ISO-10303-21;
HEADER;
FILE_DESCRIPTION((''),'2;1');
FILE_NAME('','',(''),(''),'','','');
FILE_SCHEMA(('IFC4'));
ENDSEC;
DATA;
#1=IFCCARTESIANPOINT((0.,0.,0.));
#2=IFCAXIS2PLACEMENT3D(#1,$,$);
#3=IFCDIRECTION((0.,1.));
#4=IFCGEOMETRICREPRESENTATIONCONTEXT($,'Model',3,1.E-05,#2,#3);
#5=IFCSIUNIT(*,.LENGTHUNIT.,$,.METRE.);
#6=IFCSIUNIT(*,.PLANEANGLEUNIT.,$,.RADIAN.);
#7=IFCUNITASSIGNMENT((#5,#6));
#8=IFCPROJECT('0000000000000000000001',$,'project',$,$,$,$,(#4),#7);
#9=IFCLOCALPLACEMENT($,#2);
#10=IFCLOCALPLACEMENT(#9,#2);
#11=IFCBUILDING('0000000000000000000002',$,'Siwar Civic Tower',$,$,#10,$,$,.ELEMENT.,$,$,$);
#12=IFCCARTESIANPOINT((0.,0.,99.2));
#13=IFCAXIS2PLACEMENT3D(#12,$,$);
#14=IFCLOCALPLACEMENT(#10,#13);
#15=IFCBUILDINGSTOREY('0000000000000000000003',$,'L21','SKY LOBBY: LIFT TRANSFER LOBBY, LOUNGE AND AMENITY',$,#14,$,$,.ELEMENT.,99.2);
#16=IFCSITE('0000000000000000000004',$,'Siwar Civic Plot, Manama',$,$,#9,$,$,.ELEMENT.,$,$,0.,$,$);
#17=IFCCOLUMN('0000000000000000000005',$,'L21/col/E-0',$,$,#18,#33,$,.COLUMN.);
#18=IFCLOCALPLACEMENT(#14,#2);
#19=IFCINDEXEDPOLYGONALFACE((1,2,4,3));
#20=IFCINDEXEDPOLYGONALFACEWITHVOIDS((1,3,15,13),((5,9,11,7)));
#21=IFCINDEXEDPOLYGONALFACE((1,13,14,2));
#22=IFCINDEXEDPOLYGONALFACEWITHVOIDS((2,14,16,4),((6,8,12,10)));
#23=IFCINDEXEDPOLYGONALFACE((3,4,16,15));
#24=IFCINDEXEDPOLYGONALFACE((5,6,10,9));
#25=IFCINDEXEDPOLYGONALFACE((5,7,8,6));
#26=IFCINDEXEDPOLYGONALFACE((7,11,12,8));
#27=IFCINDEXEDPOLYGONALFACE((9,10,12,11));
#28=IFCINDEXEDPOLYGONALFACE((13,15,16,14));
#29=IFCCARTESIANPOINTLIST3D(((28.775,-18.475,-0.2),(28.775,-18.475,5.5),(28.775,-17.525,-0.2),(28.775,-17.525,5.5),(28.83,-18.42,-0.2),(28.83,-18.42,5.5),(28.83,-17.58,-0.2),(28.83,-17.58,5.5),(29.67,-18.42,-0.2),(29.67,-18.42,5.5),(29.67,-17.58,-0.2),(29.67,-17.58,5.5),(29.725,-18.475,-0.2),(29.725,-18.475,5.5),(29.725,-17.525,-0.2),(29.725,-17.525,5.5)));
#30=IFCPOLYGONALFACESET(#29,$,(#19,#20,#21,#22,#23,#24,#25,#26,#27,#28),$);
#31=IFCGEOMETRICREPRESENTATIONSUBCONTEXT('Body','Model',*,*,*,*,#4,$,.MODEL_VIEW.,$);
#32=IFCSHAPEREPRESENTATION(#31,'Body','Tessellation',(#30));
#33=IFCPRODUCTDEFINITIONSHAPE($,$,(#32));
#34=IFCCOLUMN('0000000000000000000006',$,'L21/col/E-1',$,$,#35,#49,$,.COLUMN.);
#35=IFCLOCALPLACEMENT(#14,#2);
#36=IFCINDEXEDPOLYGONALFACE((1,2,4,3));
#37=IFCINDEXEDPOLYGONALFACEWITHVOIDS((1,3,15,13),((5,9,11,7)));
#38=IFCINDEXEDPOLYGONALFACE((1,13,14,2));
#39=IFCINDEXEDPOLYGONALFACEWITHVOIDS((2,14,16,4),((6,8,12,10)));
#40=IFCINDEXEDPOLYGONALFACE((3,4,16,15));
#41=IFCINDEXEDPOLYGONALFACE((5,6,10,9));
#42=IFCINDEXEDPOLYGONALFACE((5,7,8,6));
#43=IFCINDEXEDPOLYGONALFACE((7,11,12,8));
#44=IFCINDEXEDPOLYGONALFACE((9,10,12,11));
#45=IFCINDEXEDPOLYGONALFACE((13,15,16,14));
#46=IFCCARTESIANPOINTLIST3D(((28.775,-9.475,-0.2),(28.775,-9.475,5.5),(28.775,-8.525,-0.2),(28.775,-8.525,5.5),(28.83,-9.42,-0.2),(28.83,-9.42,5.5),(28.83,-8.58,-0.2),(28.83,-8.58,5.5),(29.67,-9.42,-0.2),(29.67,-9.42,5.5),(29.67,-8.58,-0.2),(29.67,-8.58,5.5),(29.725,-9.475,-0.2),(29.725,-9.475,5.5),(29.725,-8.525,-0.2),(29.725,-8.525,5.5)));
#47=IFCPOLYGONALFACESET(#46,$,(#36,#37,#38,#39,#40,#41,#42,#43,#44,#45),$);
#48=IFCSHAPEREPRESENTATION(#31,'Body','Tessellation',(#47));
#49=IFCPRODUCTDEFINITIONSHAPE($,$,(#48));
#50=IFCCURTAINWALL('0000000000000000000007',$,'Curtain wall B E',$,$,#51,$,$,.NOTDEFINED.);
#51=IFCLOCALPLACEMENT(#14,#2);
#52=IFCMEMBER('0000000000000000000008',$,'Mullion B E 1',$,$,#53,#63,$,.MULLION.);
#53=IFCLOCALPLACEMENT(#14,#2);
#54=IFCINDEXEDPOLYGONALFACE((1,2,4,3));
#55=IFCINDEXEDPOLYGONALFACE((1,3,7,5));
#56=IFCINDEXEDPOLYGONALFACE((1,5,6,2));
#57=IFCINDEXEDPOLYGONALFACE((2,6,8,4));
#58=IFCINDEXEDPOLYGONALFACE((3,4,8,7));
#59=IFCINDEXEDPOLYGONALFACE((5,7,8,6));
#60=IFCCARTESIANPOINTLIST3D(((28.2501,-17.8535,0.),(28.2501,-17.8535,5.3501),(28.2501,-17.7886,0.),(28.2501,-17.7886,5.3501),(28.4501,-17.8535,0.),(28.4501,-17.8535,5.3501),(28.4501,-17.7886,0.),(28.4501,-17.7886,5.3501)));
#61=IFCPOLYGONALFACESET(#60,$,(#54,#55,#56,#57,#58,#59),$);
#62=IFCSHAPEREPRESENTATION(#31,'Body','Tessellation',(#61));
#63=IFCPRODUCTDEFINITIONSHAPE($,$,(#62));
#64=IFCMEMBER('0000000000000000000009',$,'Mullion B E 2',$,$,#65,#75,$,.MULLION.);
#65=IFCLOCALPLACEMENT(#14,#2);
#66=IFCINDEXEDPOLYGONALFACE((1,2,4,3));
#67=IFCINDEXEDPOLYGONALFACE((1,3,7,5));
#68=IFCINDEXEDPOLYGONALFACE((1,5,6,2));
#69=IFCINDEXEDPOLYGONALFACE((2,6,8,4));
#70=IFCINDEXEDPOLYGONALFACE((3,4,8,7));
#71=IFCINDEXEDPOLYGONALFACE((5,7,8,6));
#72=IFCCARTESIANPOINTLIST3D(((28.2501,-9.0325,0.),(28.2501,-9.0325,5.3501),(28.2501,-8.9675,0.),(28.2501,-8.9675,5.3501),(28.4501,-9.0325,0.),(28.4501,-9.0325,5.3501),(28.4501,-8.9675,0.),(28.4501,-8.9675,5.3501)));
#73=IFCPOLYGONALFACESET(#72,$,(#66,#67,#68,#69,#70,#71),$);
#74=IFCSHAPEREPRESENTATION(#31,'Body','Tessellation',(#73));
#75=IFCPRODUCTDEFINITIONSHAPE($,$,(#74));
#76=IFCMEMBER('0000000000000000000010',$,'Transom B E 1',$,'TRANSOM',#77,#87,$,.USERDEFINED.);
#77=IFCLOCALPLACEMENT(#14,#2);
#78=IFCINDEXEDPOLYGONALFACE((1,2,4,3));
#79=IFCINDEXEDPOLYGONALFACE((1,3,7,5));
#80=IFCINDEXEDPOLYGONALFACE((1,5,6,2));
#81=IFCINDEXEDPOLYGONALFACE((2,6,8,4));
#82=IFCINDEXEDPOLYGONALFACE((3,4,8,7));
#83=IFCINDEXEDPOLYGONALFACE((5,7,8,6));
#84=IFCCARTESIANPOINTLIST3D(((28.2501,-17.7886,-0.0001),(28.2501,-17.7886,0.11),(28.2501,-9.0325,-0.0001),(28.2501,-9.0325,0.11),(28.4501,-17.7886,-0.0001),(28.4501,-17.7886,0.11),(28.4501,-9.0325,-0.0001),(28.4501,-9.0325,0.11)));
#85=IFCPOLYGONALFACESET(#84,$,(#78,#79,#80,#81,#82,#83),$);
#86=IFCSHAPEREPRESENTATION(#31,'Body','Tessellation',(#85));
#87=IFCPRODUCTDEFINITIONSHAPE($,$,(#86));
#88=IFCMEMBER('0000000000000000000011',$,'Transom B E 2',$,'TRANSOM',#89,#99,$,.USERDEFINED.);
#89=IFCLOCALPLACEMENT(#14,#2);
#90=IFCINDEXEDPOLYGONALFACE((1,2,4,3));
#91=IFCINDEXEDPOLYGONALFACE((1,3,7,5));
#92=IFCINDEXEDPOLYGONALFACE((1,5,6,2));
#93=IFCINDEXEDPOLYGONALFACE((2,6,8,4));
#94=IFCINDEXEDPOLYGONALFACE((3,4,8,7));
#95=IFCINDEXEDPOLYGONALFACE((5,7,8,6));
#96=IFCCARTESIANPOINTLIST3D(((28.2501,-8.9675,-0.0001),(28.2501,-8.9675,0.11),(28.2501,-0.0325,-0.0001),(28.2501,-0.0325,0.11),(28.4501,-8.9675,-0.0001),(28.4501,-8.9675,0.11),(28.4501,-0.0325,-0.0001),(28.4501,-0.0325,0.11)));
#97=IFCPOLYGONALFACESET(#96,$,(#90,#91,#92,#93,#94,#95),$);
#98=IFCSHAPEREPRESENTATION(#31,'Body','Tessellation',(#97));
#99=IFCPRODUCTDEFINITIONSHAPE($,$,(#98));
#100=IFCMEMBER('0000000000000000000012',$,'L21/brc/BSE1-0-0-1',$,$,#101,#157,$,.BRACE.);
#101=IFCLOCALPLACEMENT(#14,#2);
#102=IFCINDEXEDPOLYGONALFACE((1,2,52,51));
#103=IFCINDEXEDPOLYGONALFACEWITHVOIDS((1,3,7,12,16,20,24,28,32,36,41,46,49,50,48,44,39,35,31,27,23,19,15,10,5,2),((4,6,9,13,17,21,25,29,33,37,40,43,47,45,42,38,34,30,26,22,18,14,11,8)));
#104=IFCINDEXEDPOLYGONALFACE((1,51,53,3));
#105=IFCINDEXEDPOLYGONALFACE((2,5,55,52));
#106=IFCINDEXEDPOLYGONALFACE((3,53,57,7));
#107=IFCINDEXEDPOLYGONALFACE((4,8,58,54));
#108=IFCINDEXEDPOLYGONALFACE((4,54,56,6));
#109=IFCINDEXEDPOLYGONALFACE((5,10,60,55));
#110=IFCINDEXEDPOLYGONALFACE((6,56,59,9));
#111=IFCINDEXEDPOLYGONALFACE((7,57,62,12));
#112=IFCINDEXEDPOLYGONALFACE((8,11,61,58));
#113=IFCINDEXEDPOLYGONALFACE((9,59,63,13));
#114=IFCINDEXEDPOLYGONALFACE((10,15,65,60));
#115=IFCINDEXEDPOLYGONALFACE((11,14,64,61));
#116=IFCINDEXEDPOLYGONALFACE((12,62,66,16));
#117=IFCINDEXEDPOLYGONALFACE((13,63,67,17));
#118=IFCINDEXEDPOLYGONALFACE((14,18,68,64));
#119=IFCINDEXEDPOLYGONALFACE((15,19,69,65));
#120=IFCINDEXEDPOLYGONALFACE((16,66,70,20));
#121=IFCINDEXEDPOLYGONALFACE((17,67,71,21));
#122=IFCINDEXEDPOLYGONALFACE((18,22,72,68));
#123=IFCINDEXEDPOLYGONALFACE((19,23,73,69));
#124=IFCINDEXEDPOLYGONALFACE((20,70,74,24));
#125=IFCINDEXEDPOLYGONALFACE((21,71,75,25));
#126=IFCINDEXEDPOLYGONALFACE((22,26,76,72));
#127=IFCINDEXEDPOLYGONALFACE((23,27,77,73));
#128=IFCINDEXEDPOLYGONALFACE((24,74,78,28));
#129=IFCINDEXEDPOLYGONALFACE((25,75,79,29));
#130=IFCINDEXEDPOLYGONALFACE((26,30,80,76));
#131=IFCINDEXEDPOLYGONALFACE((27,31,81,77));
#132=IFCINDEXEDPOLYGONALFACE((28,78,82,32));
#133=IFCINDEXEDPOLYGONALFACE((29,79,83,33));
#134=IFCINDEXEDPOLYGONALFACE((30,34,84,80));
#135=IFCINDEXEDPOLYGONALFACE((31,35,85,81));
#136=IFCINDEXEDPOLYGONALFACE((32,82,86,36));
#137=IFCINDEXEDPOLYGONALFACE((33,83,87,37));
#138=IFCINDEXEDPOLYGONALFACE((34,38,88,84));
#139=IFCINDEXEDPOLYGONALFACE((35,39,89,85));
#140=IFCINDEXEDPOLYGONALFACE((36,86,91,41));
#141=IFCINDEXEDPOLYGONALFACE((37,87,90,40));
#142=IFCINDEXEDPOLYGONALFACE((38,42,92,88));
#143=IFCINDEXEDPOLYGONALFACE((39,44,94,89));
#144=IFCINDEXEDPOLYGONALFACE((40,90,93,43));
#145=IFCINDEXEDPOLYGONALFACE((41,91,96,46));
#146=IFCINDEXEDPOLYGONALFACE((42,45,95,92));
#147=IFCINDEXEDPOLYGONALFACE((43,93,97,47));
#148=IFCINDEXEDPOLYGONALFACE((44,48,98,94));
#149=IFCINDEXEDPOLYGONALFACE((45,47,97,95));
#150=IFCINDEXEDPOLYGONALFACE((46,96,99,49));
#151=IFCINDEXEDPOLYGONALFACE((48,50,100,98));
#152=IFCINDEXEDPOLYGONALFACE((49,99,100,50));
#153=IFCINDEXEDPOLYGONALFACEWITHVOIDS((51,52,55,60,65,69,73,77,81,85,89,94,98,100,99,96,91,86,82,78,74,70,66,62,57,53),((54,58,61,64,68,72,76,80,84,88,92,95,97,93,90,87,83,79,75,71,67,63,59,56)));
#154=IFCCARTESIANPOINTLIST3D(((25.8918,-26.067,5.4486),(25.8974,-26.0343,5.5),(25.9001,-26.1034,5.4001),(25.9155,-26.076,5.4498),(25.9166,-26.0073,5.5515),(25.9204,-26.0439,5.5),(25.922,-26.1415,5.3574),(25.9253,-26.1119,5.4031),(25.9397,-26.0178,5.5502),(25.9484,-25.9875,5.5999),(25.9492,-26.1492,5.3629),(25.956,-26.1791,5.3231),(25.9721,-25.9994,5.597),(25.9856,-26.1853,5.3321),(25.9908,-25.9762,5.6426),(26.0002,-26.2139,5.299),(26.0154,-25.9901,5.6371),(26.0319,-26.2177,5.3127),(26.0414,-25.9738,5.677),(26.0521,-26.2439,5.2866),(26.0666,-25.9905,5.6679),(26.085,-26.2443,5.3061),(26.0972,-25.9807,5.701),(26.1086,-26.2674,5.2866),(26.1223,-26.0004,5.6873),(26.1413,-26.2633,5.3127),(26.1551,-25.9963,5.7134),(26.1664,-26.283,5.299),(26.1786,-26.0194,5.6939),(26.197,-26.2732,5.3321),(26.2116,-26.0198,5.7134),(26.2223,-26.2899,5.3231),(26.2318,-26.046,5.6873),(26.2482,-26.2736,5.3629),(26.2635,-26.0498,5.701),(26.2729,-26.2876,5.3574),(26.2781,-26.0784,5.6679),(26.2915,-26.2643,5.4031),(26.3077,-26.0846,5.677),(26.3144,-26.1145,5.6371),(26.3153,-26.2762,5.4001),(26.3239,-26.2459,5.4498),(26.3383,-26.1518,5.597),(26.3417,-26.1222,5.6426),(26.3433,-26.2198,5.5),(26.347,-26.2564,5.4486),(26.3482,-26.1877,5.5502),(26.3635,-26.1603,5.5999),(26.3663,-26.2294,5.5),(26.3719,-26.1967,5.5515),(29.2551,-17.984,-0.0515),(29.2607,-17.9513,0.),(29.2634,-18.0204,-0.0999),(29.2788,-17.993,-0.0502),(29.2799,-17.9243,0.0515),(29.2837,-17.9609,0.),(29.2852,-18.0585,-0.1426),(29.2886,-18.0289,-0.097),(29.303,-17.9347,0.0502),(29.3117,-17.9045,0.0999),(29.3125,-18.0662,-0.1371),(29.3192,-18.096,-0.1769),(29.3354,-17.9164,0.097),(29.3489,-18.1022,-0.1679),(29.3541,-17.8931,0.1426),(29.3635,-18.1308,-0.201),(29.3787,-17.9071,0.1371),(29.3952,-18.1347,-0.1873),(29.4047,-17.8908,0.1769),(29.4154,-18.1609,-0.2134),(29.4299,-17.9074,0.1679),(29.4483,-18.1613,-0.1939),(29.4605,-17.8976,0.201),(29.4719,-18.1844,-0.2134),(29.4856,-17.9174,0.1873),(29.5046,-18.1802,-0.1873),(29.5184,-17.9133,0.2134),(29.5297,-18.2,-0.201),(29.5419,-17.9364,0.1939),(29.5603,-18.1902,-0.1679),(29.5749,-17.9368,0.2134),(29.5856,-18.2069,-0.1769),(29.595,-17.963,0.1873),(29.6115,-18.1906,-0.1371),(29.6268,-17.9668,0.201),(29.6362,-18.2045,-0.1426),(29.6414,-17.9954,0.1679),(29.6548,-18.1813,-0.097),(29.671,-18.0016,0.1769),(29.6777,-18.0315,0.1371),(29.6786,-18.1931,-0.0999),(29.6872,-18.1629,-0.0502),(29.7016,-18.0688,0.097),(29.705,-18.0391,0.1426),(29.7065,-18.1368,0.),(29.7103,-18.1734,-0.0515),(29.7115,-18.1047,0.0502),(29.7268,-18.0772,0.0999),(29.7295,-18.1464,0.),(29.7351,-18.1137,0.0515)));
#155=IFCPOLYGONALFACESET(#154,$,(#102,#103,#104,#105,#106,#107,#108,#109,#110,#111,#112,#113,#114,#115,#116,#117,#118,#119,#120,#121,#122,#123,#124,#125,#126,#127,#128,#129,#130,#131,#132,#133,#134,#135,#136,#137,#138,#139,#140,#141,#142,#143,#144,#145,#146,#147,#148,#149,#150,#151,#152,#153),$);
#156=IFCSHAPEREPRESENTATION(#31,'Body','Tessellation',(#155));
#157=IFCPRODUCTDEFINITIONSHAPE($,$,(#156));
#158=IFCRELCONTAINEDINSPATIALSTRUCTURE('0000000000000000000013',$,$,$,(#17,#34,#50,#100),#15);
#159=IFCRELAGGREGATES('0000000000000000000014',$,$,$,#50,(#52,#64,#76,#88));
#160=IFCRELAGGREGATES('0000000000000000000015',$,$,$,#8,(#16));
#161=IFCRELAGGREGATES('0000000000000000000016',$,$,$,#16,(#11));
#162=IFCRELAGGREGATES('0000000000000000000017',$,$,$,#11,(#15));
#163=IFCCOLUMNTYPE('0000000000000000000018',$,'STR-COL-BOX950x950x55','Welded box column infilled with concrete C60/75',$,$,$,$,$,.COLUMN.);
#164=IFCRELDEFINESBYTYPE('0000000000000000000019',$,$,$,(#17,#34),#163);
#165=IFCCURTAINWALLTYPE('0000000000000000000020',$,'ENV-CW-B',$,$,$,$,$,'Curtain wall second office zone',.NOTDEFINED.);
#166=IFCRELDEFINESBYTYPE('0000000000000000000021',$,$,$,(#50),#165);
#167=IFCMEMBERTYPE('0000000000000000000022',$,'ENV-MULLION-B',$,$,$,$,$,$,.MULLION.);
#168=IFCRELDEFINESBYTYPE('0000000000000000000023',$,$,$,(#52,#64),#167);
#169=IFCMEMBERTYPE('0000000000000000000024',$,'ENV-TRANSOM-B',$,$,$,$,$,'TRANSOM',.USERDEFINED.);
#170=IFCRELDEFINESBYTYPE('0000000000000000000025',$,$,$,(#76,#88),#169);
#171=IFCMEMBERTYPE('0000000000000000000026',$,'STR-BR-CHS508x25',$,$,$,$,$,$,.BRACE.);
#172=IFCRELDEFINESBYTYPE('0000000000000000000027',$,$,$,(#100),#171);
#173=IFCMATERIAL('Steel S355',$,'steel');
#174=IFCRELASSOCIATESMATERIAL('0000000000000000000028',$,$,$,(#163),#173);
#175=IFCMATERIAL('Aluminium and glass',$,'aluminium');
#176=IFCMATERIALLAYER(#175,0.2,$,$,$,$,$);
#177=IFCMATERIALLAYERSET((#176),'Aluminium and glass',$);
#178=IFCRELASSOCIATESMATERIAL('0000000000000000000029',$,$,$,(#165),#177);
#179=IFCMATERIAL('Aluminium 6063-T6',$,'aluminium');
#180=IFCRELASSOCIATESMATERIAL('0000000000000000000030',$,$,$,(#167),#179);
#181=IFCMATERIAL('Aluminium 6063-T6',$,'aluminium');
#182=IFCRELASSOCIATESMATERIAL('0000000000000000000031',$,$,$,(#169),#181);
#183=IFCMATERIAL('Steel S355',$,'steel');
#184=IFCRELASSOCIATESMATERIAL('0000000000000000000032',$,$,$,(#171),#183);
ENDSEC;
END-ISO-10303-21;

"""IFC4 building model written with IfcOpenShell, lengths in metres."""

from ifc_helpers import new_model, si_unit, direction, frame, origin, origin_2d, place, context, subcontext, project, spatial, rectangle, hollow_rectangle, hollow_circle, extrude, material, layer, layer_set, material_profile, profile_set, type_object, element, aggregate, save


model = new_model("IFC4")

# Units and contexts
model_context = context("Model", 3, precision=1e-05, world=origin(), true_north=direction((0.0, 1.0)))
body_context = subcontext(model_context, "Body", "Model", "MODEL_VIEW")
ifc_project = project(units=[si_unit("LENGTHUNIT", "METRE"), si_unit("PLANEANGLEUNIT", "RADIAN")], contexts=[model_context])

# Site, building, storey
site_placement = place(None, origin())
site = spatial("IfcSite", under=ifc_project, at=site_placement, Name="Siwar Civic Plot, Manama", CompositionType="ELEMENT", RefElevation=0.0)
building_placement = place(site_placement, origin())
building = spatial("IfcBuilding", under=site, at=building_placement, Name="Siwar Civic Tower", CompositionType="ELEMENT")
storey_placement = place(building_placement, frame((0.0, 0.0, 99.2)))
storey = spatial("IfcBuildingStorey", under=building, at=storey_placement, Name="L21", Description="SKY LOBBY: LIFT TRANSFER LOBBY, LOUNGE AND AMENITY", CompositionType="ELEMENT", Elevation=99.2)

# Columns
ifc_material_1 = material(Name="Steel S355", Category="steel")
ifc_material_profile_1 = material_profile(ifc_material_1, hollow_rectangle(XDim=0.95, YDim=0.95, WallThickness=0.0549, at=origin_2d()), Name="BOX950x950x55")
ifc_profile_set_1 = profile_set([ifc_material_profile_1], Name="Steel S355")
column_type = type_object("IfcColumnType", Name="STR-COL-BOX950x950x55", Description="Welded box column infilled with concrete C60/75", PredefinedType="COLUMN", material=ifc_profile_set_1)
for number, where, z_axis, x_axis, name in (
    (1, (29.25, -18.0, -0.2), (0.0, 0.0, 1.0), (1.0, 0.0, 0.0), "L21/col/E-0"),
    (2, (29.25, -9.0, -0.2), (0.0, 0.0, 1.0), (1.0, 0.0, 0.0), "L21/col/E-1"),
):
    element("IfcColumn", number, at=place(storey_placement, frame(where, z_axis=z_axis, x_axis=x_axis)), inside=storey, type_object=column_type, Name=name, PredefinedType="COLUMN", context=body_context, shape_type="SweptSolid", body=[
        extrude(hollow_rectangle(XDim=0.95, YDim=0.95, WallThickness=0.0549, at=origin_2d()), origin(), (0.0, 0.0, 1.0), 5.7),
    ])

# Curtain wall, members
ifc_material_2 = material(Name="Aluminium and glass", Category="aluminium")
ifc_layer_1 = layer(ifc_material_2, 0.2)
ifc_layer_set_1 = layer_set([ifc_layer_1], Name="Aluminium and glass")
curtain_wall_type = type_object("IfcCurtainWallType", Name="ENV-CW-B", ElementType="Curtain wall second office zone", PredefinedType="NOTDEFINED", material=ifc_layer_set_1)
curtain_wall_placement = place(storey_placement, origin())
curtain_wall = element("IfcCurtainWall", 3, at=curtain_wall_placement, inside=storey, type_object=curtain_wall_type, Name="Curtain wall B E", PredefinedType="NOTDEFINED")
ifc_material_3 = material(Name="Aluminium 6063-T6", Category="aluminium")
ifc_material_profile_2 = material_profile(ifc_material_3, rectangle(XDim=0.2, YDim=0.0649, at=origin_2d()), Name="AL 200x65")
ifc_profile_set_2 = profile_set([ifc_material_profile_2], Name="Aluminium 6063-T6")
member_type_1 = type_object("IfcMemberType", Name="ENV-MULLION-B", PredefinedType="MULLION", material=ifc_profile_set_2)
member_1_placement = place(storey_placement, frame((28.3501, -17.821, 0.0), z_axis=(0.0, 0.0, 1.0), x_axis=(-1.0, 0.0, 0.0)))
member_1 = element("IfcMember", 4, at=member_1_placement, type_object=member_type_1, Name="Mullion B E 1", PredefinedType="MULLION", context=body_context, shape_type="SweptSolid", body=[
    extrude(rectangle(XDim=0.2, YDim=0.0649, at=origin_2d()), origin(), (0.0, 0.0, 1.0), 5.3501),
])
member_2_placement = place(storey_placement, frame((28.3501, -9.0, 0.0), z_axis=(0.0, 0.0, 1.0), x_axis=(-1.0, 0.0, 0.0)))
member_2 = element("IfcMember", 5, at=member_2_placement, type_object=member_type_1, Name="Mullion B E 2", PredefinedType="MULLION", context=body_context, shape_type="SweptSolid", body=[
    extrude(rectangle(XDim=0.2, YDim=0.0649, at=origin_2d()), origin(), (0.0, 0.0, 1.0), 5.3501),
])
ifc_material_4 = material(Name="Aluminium 6063-T6", Category="aluminium")
ifc_material_profile_3 = material_profile(ifc_material_4, rectangle(XDim=0.2, YDim=0.1101, at=origin_2d()), Name="AL 200x110")
ifc_profile_set_3 = profile_set([ifc_material_profile_3], Name="Aluminium 6063-T6")
member_type_2 = type_object("IfcMemberType", Name="ENV-TRANSOM-B", ElementType="TRANSOM", PredefinedType="USERDEFINED", material=ifc_profile_set_3)
member_3_placement = place(storey_placement, frame((28.3501, -17.7886, 0.0549), z_axis=(0.0, 1.0, 0.0), x_axis=(-1.0, 0.0, 0.0)))
member_3 = element("IfcMember", 6, at=member_3_placement, type_object=member_type_2, Name="Transom B E 1", ObjectType="TRANSOM", PredefinedType="USERDEFINED", context=body_context, shape_type="SweptSolid", body=[
    extrude(rectangle(XDim=0.2, YDim=0.1101, at=origin_2d()), origin(), (0.0, 0.0, 1.0), 8.7561),
])
member_4_placement = place(storey_placement, frame((28.3501, -8.9675, 0.0549), z_axis=(0.0, 1.0, 0.0), x_axis=(-1.0, 0.0, 0.0)))
member_4 = element("IfcMember", 7, at=member_4_placement, type_object=member_type_2, Name="Transom B E 2", ObjectType="TRANSOM", PredefinedType="USERDEFINED", context=body_context, shape_type="SweptSolid", body=[
    extrude(rectangle(XDim=0.2, YDim=0.1101, at=origin_2d()), origin(), (0.0, 0.0, 1.0), 8.9351),
])

# Member
ifc_material_5 = material(Name="Steel S355", Category="steel")
ifc_material_profile_4 = material_profile(ifc_material_5, hollow_circle(Radius=0.2539, WallThickness=0.0249, at=origin_2d()), Name="CHS508x25")
ifc_profile_set_4 = profile_set([ifc_material_profile_4], Name="Steel S355")
member_type_3 = type_object("IfcMemberType", Name="STR-BR-CHS508x25", PredefinedType="BRACE", material=ifc_profile_set_4)
member_5_placement = place(storey_placement, frame((29.4951, -18.0488, 0.0), z_axis=(-0.325298, -0.781791, 0.531962), x_axis=(0.923265, -0.384164, 0.0)))
element("IfcMember", 8, at=member_5_placement, inside=storey, type_object=member_type_3, Name="L21/brc/BSE1-0-0-1", PredefinedType="BRACE", context=body_context, shape_type="SweptSolid", body=[
    extrude(hollow_circle(Radius=0.2539, WallThickness=0.0249, at=origin_2d()), origin(), (0.0, 0.0, 1.0), 10.3391),
])

aggregate(curtain_wall, [member_1, member_2, member_3, member_4])

save(model, "model.ifc")
